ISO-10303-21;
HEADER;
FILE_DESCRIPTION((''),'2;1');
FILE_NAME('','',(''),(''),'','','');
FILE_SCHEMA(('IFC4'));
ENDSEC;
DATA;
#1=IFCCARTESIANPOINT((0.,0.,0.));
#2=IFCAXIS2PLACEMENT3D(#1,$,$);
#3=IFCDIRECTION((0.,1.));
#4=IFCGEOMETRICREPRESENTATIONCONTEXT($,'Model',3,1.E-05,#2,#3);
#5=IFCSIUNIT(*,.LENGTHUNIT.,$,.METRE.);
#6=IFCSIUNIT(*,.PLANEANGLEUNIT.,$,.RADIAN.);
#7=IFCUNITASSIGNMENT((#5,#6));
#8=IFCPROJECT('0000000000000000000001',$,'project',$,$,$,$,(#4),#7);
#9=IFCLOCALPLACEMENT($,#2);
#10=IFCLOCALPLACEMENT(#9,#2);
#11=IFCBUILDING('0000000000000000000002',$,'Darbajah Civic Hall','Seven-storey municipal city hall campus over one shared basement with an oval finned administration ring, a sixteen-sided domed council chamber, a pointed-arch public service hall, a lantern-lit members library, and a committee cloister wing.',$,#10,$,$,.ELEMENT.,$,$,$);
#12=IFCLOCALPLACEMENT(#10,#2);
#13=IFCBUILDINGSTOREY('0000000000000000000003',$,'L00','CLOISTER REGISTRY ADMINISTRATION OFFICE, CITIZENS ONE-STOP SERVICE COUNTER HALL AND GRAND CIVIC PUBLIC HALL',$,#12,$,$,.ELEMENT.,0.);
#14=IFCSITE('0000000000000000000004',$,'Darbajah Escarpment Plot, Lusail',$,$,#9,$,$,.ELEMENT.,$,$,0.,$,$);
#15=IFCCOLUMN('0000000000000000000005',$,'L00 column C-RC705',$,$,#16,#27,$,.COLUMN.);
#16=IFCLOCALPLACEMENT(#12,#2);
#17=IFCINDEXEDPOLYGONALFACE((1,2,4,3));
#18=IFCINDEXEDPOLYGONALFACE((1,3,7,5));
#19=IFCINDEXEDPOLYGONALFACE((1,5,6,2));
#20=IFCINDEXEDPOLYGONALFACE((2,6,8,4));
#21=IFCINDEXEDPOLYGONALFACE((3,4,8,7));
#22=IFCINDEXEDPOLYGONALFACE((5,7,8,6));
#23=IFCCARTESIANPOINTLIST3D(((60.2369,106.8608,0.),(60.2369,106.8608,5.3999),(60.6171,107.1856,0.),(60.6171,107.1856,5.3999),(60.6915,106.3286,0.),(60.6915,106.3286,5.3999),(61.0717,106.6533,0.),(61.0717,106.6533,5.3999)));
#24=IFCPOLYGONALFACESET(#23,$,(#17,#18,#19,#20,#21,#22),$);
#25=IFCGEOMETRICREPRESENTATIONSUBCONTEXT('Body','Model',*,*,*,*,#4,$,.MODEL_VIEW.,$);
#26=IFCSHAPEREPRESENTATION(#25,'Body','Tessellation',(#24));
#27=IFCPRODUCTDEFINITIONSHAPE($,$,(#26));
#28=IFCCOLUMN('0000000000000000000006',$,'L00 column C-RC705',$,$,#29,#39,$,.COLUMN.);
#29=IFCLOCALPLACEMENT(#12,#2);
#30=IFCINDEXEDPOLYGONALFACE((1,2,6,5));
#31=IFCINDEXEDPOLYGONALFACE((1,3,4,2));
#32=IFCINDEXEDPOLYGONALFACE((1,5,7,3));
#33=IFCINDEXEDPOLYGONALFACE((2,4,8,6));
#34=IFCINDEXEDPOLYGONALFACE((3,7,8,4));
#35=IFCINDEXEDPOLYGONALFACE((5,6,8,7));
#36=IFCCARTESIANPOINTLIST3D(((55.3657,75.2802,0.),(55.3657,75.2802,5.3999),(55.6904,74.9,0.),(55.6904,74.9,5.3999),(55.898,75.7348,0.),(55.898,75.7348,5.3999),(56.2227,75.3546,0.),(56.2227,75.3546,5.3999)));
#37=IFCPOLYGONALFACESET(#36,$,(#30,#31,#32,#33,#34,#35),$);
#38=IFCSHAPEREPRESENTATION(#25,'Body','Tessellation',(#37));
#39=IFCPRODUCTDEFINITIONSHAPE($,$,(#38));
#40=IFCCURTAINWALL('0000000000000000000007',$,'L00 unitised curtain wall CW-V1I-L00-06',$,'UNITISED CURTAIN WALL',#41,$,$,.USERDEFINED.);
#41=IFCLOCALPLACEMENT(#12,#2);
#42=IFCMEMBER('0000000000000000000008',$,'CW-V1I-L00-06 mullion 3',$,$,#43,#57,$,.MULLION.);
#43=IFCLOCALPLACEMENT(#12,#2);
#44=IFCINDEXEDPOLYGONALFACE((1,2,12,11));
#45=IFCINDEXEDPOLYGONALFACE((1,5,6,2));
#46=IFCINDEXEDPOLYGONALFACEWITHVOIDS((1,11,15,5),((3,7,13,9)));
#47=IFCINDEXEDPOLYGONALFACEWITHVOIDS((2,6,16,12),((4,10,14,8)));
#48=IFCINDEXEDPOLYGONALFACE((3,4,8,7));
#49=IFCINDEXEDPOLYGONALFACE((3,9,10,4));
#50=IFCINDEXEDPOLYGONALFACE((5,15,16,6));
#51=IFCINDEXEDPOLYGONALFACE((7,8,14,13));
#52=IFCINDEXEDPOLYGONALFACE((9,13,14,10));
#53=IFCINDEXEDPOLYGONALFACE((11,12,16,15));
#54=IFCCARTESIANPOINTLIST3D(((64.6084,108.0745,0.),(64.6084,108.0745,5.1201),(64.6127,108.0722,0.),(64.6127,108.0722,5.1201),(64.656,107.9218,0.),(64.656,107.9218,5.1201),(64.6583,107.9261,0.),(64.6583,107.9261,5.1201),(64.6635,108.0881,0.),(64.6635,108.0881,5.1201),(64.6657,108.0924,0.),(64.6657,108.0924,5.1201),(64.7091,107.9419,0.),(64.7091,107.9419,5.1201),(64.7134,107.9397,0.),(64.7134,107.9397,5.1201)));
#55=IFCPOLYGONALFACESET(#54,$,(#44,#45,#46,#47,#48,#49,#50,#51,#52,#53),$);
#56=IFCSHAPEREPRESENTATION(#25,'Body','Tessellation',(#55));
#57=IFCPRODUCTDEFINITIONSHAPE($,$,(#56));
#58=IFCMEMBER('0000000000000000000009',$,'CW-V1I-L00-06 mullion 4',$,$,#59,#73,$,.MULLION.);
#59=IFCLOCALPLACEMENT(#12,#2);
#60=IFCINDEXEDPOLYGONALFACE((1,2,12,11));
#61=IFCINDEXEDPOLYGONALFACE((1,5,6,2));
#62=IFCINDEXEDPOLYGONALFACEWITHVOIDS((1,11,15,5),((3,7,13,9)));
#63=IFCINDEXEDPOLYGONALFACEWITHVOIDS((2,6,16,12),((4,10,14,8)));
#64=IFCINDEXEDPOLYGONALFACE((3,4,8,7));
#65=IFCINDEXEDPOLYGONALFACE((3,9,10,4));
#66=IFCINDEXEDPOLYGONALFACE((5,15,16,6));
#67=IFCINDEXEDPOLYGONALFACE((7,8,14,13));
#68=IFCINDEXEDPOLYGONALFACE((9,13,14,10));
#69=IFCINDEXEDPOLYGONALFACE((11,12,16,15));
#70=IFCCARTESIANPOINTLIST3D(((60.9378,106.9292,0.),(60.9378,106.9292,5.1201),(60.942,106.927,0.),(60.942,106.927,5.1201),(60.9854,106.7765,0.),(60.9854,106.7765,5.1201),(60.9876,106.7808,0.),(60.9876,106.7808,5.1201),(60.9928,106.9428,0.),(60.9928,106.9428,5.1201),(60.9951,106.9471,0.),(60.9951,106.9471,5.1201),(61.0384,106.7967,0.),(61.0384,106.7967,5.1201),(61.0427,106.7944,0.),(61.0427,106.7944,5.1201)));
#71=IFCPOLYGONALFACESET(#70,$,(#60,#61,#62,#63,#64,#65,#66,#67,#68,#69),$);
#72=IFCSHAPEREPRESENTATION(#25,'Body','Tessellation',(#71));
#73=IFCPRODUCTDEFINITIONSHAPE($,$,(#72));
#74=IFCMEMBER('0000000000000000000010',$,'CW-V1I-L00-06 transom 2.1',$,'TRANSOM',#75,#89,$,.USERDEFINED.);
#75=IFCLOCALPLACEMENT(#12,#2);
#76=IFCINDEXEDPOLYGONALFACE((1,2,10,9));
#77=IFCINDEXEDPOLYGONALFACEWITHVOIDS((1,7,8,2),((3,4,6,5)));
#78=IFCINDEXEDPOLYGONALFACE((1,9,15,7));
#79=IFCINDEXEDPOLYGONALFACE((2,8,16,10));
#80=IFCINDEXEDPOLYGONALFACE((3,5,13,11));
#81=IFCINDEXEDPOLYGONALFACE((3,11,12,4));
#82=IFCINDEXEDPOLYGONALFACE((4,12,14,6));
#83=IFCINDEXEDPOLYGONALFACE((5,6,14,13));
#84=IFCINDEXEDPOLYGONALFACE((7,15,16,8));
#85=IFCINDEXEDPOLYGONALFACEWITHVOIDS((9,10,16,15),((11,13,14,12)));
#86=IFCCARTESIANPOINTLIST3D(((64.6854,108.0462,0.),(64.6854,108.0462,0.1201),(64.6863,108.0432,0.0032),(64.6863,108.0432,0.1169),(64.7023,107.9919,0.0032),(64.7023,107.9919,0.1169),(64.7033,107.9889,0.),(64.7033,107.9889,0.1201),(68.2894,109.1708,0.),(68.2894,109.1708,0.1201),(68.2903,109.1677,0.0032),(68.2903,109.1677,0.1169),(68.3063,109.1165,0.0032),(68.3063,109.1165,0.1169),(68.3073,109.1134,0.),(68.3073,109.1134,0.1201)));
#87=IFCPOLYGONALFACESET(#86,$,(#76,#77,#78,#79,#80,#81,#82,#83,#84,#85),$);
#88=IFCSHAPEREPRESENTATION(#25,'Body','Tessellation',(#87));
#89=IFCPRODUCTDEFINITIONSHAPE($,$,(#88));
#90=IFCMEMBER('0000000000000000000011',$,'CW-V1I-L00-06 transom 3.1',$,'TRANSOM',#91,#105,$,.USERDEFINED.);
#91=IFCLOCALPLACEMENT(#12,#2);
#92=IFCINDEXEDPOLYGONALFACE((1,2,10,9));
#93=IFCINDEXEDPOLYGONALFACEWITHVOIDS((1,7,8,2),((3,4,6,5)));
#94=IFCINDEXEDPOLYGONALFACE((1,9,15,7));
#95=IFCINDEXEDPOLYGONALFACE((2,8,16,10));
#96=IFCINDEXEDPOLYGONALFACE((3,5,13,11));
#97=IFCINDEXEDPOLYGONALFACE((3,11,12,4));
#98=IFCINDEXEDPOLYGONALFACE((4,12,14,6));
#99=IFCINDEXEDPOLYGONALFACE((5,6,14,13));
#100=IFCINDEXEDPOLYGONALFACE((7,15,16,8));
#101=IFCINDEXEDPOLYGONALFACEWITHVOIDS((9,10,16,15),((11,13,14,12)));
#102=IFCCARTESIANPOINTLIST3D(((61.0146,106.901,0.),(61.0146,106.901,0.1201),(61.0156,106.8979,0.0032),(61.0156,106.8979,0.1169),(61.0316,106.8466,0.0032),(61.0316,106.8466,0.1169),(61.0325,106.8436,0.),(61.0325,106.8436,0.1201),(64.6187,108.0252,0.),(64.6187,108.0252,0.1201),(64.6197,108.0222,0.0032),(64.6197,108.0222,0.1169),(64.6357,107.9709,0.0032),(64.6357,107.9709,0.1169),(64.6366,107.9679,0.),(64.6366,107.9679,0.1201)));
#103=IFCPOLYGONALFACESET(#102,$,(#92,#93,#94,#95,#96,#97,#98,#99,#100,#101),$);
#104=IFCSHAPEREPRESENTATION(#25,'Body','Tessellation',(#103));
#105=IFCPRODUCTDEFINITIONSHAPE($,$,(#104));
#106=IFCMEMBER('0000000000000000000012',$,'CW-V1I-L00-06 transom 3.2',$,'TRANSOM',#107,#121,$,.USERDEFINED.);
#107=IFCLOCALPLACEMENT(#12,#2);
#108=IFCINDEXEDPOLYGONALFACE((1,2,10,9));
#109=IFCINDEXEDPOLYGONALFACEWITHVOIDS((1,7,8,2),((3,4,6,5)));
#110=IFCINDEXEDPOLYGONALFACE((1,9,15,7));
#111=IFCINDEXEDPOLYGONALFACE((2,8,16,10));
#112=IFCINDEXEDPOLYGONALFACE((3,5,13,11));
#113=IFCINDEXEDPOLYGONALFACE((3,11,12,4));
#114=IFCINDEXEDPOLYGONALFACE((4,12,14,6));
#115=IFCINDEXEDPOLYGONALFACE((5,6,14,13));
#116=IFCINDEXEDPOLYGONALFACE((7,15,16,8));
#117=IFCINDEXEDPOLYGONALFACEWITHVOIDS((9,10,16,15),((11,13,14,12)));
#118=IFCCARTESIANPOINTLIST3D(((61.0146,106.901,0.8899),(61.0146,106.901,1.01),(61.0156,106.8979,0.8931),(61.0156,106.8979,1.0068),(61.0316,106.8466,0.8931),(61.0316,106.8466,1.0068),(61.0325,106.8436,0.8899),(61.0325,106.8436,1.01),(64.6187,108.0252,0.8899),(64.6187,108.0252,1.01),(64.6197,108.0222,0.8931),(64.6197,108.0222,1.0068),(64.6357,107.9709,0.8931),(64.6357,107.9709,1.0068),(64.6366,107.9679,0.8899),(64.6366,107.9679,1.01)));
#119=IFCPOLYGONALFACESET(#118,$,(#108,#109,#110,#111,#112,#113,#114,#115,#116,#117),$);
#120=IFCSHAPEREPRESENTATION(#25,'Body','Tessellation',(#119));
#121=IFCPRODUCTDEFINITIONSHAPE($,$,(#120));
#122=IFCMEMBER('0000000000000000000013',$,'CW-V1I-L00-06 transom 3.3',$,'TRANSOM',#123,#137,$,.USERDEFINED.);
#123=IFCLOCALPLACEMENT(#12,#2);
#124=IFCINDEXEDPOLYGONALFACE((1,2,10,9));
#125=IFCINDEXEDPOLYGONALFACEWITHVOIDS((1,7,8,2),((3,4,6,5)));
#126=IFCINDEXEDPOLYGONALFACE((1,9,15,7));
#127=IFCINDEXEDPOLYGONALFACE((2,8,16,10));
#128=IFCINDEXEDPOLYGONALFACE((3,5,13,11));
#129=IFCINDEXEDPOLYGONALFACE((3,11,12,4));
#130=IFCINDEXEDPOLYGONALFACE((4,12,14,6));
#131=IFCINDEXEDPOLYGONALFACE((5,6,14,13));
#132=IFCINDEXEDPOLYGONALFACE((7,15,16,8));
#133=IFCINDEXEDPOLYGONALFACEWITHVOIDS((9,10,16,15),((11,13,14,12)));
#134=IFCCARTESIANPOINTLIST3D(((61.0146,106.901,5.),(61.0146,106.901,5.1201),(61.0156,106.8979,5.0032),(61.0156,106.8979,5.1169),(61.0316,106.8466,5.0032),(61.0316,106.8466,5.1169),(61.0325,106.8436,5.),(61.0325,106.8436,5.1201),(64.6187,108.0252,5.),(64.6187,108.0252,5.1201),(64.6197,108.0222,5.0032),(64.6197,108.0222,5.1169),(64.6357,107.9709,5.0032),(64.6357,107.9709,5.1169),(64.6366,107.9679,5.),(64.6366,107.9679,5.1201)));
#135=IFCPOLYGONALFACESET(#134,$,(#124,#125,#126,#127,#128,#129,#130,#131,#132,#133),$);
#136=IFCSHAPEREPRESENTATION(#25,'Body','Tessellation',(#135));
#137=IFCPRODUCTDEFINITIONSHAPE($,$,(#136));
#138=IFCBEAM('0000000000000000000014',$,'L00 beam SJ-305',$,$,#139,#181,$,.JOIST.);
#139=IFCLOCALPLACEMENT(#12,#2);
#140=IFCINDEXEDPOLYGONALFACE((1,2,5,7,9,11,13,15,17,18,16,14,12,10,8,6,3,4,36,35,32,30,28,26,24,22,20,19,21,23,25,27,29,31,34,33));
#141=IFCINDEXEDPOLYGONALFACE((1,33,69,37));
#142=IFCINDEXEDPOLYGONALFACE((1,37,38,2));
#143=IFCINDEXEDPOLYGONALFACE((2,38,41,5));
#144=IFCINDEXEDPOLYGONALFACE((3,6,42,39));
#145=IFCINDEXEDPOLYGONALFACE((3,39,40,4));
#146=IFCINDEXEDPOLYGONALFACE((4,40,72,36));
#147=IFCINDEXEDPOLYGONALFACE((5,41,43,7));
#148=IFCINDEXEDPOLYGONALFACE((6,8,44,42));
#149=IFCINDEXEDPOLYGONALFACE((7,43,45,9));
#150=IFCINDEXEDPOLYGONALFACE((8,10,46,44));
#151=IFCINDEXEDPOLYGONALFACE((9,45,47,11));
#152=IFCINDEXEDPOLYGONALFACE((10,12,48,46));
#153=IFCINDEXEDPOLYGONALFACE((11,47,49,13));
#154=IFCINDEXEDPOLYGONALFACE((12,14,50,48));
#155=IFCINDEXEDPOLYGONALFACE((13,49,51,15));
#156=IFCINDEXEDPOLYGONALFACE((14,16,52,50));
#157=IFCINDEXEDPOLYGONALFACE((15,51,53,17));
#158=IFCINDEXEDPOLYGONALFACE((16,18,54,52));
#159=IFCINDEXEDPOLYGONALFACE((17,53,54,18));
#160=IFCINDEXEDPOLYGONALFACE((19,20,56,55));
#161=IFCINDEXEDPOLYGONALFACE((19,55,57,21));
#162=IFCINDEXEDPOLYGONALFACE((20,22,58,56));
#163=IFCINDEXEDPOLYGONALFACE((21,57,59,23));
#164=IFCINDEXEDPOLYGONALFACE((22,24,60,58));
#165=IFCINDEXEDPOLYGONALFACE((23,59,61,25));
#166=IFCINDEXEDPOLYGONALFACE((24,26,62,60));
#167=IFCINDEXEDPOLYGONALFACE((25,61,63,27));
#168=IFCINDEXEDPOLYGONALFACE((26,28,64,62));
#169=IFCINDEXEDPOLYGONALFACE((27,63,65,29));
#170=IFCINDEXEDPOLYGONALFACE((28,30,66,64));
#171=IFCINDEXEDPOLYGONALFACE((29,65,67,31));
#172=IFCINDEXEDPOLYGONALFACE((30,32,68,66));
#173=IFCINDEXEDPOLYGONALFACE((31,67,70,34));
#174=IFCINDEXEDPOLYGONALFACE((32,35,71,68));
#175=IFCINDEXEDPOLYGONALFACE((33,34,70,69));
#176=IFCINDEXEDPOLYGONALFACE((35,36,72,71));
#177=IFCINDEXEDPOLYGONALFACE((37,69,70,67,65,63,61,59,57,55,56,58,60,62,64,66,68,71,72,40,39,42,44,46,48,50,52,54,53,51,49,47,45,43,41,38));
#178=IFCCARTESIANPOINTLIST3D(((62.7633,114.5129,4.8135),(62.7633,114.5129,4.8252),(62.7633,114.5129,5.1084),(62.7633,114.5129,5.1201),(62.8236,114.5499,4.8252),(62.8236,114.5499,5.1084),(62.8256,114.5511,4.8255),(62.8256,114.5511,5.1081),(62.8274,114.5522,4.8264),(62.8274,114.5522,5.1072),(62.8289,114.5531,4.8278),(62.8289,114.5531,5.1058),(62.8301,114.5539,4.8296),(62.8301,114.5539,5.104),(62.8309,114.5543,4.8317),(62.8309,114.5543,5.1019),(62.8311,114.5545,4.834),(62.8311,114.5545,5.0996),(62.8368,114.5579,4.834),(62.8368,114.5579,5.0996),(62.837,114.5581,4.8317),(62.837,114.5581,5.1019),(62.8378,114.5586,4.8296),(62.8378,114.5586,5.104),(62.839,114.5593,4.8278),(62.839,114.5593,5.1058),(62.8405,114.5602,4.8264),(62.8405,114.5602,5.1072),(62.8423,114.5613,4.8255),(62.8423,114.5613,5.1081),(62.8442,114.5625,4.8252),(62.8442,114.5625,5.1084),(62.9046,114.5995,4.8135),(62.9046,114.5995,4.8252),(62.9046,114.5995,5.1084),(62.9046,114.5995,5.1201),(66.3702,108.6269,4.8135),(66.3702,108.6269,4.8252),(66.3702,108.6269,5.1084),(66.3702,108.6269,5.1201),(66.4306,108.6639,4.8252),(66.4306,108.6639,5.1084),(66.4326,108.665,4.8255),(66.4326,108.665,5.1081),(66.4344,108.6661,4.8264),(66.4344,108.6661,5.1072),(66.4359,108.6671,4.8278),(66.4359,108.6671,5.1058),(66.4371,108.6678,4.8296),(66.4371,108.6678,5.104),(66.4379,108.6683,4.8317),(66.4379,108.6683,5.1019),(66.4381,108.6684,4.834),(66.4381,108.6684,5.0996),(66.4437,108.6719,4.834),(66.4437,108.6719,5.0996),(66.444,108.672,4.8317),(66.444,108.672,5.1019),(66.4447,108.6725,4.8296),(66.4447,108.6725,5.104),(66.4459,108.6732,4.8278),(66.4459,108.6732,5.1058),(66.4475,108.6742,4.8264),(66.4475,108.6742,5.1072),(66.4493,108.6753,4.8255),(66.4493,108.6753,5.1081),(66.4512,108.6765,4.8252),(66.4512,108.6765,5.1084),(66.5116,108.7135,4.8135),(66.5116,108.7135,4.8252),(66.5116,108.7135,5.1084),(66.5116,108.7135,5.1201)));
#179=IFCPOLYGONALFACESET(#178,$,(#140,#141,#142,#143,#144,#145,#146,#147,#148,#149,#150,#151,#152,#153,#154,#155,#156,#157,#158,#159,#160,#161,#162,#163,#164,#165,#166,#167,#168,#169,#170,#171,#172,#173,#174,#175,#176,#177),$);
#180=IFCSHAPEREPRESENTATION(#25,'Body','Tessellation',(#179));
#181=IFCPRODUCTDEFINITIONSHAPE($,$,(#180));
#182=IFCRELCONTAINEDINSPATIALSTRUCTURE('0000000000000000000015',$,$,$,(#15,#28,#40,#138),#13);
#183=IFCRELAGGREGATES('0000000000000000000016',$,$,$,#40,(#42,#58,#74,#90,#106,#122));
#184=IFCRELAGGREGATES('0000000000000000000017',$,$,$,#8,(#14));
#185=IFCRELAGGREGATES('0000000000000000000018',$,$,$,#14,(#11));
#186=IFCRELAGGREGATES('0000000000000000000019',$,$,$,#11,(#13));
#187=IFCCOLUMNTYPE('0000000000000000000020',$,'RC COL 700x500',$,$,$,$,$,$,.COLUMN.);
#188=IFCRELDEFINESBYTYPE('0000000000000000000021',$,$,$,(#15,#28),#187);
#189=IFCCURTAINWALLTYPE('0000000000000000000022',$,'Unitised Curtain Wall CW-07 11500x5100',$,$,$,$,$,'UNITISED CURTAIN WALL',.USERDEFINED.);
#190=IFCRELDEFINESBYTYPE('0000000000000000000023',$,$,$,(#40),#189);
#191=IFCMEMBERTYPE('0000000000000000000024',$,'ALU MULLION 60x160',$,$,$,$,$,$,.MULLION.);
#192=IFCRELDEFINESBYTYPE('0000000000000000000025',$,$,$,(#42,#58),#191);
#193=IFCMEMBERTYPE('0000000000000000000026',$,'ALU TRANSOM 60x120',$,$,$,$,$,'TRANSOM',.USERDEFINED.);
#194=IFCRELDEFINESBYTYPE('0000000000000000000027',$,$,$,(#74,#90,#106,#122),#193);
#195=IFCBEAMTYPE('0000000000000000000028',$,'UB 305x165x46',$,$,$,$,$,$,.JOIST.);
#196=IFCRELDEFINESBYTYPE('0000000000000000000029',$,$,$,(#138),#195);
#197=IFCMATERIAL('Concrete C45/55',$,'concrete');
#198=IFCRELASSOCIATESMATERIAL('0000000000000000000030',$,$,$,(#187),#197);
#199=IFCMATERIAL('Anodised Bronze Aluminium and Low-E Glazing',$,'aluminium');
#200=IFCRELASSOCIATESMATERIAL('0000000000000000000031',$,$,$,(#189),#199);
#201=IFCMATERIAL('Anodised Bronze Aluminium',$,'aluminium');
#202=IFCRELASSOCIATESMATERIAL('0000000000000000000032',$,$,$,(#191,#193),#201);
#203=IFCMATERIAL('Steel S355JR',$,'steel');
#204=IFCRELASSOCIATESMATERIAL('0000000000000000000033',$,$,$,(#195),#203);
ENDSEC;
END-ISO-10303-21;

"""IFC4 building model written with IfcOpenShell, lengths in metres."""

from ifc_helpers import new_model, si_unit, direction, frame, origin, origin_2d, place, context, subcontext, project, spatial, rectangle, hollow_rectangle, i_section, extrude, material, material_profile, profile_set, type_object, element, aggregate, save


model = new_model("IFC4")

# Units and contexts
model_context = context("Model", 3, precision=1e-05, world=origin(), true_north=direction((0.0, 1.0)))
body_context = subcontext(model_context, "Body", "Model", "MODEL_VIEW")
ifc_project = project(units=[si_unit("LENGTHUNIT", "METRE"), si_unit("PLANEANGLEUNIT", "RADIAN")], contexts=[model_context])

# Site, building, storey
site_placement = place(None, origin())
site = spatial("IfcSite", under=ifc_project, at=site_placement, Name="Darbajah Escarpment Plot, Lusail", CompositionType="ELEMENT", RefElevation=0.0)
building_placement = place(site_placement, origin())
building = spatial("IfcBuilding", under=site, at=building_placement, Name="Darbajah Civic Hall", Description="Seven-storey municipal city hall campus over one shared basement with an oval finned administration ring, a sixteen-sided domed council chamber, a pointed-arch public service hall, a lantern-lit members library, and a committee cloister wing.", CompositionType="ELEMENT")
storey_placement = place(building_placement, origin())
storey = spatial("IfcBuildingStorey", under=building, at=storey_placement, Name="L00", Description="CLOISTER REGISTRY ADMINISTRATION OFFICE, CITIZENS ONE-STOP SERVICE COUNTER HALL AND GRAND CIVIC PUBLIC HALL", CompositionType="ELEMENT", Elevation=0.0)

# Columns
ifc_material_1 = material(Name="Concrete C45/55", Category="concrete")
ifc_material_profile_1 = material_profile(ifc_material_1, rectangle(XDim=0.7, YDim=0.5, at=origin_2d()), Name="RC COL 700x500")
ifc_profile_set_1 = profile_set([ifc_material_profile_1], Name="Concrete C45/55")
column_type = type_object("IfcColumnType", Name="RC COL 700x500", PredefinedType="COLUMN", material=ifc_profile_set_1)
for number, where, z_axis, x_axis, name in (
    (1, (60.6543, 106.7571, 0.0), (0.0, 0.0, 1.0), (-0.649448, 0.760406, 0.0), "L00 column C-RC705"),
    (2, (55.7942, 75.3174, 0.0), (0.0, 0.0, 1.0), (-0.760406, -0.649448, 0.0), "L00 column C-RC705"),
):
    element("IfcColumn", number, at=place(storey_placement, frame(where, z_axis=z_axis, x_axis=x_axis)), inside=storey, type_object=column_type, Name=name, PredefinedType="COLUMN", context=body_context, shape_type="SweptSolid", body=[
        extrude(rectangle(XDim=0.7, YDim=0.5, at=origin_2d()), origin(), (0.0, 0.0, 1.0), 5.3999),
    ])

# Curtain wall, members
ifc_material_2 = material(Name="Anodised Bronze Aluminium and Low-E Glazing", Category="aluminium")
curtain_wall_type = type_object("IfcCurtainWallType", Name="Unitised Curtain Wall CW-07 11500x5100", ElementType="UNITISED CURTAIN WALL", PredefinedType="USERDEFINED", material=ifc_material_2)
curtain_wall_placement = place(storey_placement, origin())
curtain_wall = element("IfcCurtainWall", 3, at=curtain_wall_placement, inside=storey, type_object=curtain_wall_type, Name="L00 unitised curtain wall CW-V1I-L00-06", ObjectType="UNITISED CURTAIN WALL", PredefinedType="USERDEFINED")
ifc_material_3 = material(Name="Anodised Bronze Aluminium", Category="aluminium")
ifc_material_profile_2 = material_profile(ifc_material_3, hollow_rectangle(XDim=0.0601, YDim=0.1599, WallThickness=0.0034, at=origin_2d()), Name="ALU MULLION 60x160")
ifc_profile_set_2 = profile_set([ifc_material_profile_2], Name="Anodised Bronze Aluminium")
member_type_1 = type_object("IfcMemberType", Name="ALU MULLION 60x160", PredefinedType="MULLION", material=ifc_profile_set_2)
member_1_placement = place(storey_placement, frame((64.6609, 108.0071, 0.0), z_axis=(0.0, 0.0, 1.0), x_axis=(-0.954605, -0.297875, 0.0)))
member_1 = element("IfcMember", 4, at=member_1_placement, type_object=member_type_1, Name="CW-V1I-L00-06 mullion 3", PredefinedType="MULLION", context=body_context, shape_type="SweptSolid", body=[
    extrude(hollow_rectangle(XDim=0.0601, YDim=0.1599, WallThickness=0.0034, at=origin_2d()), origin(), (0.0, 0.0, 1.0), 5.1201),
])
member_2_placement = place(storey_placement, frame((60.9902, 106.8618, 0.0), z_axis=(0.0, 0.0, 1.0), x_axis=(-0.954605, -0.297875, 0.0)))
member_2 = element("IfcMember", 5, at=member_2_placement, type_object=member_type_1, Name="CW-V1I-L00-06 mullion 4", PredefinedType="MULLION", context=body_context, shape_type="SweptSolid", body=[
    extrude(hollow_rectangle(XDim=0.0601, YDim=0.1599, WallThickness=0.0034, at=origin_2d()), origin(), (0.0, 0.0, 1.0), 5.1201),
])
ifc_material_profile_3 = material_profile(ifc_material_3, hollow_rectangle(XDim=0.0601, YDim=0.1201, WallThickness=0.0032, at=origin_2d()), Name="ALU TRANSOM 60x120")
ifc_profile_set_3 = profile_set([ifc_material_profile_3], Name="Anodised Bronze Aluminium")
member_type_2 = type_object("IfcMemberType", Name="ALU TRANSOM 60x120", ElementType="TRANSOM", PredefinedType="USERDEFINED", material=ifc_profile_set_3)
member_3_placement = place(storey_placement, frame((68.2983, 109.1421, 0.0601), z_axis=(-0.954611, -0.297855, 0.0), x_axis=(0.297855, -0.954611, 0.0)))
member_3 = element("IfcMember", 6, at=member_3_placement, type_object=member_type_2, Name="CW-V1I-L00-06 transom 2.1", ObjectType="TRANSOM", PredefinedType="USERDEFINED", context=body_context, shape_type="SweptSolid", body=[
    extrude(hollow_rectangle(XDim=0.0601, YDim=0.1201, WallThickness=0.0032, at=origin_2d()), origin(), (0.0, 0.0, 1.0), 3.7754),
])
member_4_placement = place(storey_placement, frame((64.6277, 107.9966, 0.0601), z_axis=(-0.954629, -0.297796, 0.0), x_axis=(0.297796, -0.954629, 0.0)))
member_4 = element("IfcMember", 7, at=member_4_placement, type_object=member_type_2, Name="CW-V1I-L00-06 transom 3.1", ObjectType="TRANSOM", PredefinedType="USERDEFINED", context=body_context, shape_type="SweptSolid", body=[
    extrude(hollow_rectangle(XDim=0.0601, YDim=0.1201, WallThickness=0.0032, at=origin_2d()), origin(), (0.0, 0.0, 1.0), 3.7754),
])
member_5_placement = place(storey_placement, frame((64.6277, 107.9966, 0.95), z_axis=(-0.954629, -0.297796, 0.0), x_axis=(0.297796, -0.954629, 0.0)))
member_5 = element("IfcMember", 8, at=member_5_placement, type_object=member_type_2, Name="CW-V1I-L00-06 transom 3.2", ObjectType="TRANSOM", PredefinedType="USERDEFINED", context=body_context, shape_type="SweptSolid", body=[
    extrude(hollow_rectangle(XDim=0.0601, YDim=0.1201, WallThickness=0.0032, at=origin_2d()), origin(), (0.0, 0.0, 1.0), 3.7754),
])
member_6_placement = place(storey_placement, frame((64.6277, 107.9966, 5.0601), z_axis=(-0.954629, -0.297796, 0.0), x_axis=(0.297796, -0.954629, 0.0)))
member_6 = element("IfcMember", 9, at=member_6_placement, type_object=member_type_2, Name="CW-V1I-L00-06 transom 3.3", ObjectType="TRANSOM", PredefinedType="USERDEFINED", context=body_context, shape_type="SweptSolid", body=[
    extrude(hollow_rectangle(XDim=0.0601, YDim=0.1201, WallThickness=0.0032, at=origin_2d()), origin(), (0.0, 0.0, 1.0), 3.7754),
])

# Beam
ifc_material_4 = material(Name="Steel S355JR", Category="steel")
ifc_material_profile_4 = material_profile(ifc_material_4, i_section(OverallWidth=0.1658, OverallDepth=0.3066, WebThickness=0.0066, FlangeThickness=0.0117, FilletRadius=0.0088, at=origin_2d()), Name="UB 305x165x46")
ifc_profile_set_4 = profile_set([ifc_material_profile_4], Name="Steel S355JR")
beam_type_1 = type_object("IfcBeamType", Name="UB 305x165x46", PredefinedType="JOIST", material=ifc_profile_set_4)
beam_1_placement = place(storey_placement, frame((66.4409, 108.6702, 4.9668), z_axis=(-0.522498, 0.85264, 0.0), x_axis=(-0.85264, -0.522498, 0.0)))
element("IfcBeam", 10, at=beam_1_placement, inside=storey, type_object=beam_type_1, Name="L00 beam SJ-305", PredefinedType="JOIST", context=body_context, shape_type="SweptSolid", body=[
    extrude(i_section(OverallWidth=0.1658, OverallDepth=0.3066, WebThickness=0.0066, FlangeThickness=0.0117, FilletRadius=0.0088, at=origin_2d()), origin(), (0.0, 0.0, 1.0), 6.9033),
])

aggregate(curtain_wall, [member_1, member_2, member_3, member_4, member_5, member_6])

save(model, "model.ifc")
